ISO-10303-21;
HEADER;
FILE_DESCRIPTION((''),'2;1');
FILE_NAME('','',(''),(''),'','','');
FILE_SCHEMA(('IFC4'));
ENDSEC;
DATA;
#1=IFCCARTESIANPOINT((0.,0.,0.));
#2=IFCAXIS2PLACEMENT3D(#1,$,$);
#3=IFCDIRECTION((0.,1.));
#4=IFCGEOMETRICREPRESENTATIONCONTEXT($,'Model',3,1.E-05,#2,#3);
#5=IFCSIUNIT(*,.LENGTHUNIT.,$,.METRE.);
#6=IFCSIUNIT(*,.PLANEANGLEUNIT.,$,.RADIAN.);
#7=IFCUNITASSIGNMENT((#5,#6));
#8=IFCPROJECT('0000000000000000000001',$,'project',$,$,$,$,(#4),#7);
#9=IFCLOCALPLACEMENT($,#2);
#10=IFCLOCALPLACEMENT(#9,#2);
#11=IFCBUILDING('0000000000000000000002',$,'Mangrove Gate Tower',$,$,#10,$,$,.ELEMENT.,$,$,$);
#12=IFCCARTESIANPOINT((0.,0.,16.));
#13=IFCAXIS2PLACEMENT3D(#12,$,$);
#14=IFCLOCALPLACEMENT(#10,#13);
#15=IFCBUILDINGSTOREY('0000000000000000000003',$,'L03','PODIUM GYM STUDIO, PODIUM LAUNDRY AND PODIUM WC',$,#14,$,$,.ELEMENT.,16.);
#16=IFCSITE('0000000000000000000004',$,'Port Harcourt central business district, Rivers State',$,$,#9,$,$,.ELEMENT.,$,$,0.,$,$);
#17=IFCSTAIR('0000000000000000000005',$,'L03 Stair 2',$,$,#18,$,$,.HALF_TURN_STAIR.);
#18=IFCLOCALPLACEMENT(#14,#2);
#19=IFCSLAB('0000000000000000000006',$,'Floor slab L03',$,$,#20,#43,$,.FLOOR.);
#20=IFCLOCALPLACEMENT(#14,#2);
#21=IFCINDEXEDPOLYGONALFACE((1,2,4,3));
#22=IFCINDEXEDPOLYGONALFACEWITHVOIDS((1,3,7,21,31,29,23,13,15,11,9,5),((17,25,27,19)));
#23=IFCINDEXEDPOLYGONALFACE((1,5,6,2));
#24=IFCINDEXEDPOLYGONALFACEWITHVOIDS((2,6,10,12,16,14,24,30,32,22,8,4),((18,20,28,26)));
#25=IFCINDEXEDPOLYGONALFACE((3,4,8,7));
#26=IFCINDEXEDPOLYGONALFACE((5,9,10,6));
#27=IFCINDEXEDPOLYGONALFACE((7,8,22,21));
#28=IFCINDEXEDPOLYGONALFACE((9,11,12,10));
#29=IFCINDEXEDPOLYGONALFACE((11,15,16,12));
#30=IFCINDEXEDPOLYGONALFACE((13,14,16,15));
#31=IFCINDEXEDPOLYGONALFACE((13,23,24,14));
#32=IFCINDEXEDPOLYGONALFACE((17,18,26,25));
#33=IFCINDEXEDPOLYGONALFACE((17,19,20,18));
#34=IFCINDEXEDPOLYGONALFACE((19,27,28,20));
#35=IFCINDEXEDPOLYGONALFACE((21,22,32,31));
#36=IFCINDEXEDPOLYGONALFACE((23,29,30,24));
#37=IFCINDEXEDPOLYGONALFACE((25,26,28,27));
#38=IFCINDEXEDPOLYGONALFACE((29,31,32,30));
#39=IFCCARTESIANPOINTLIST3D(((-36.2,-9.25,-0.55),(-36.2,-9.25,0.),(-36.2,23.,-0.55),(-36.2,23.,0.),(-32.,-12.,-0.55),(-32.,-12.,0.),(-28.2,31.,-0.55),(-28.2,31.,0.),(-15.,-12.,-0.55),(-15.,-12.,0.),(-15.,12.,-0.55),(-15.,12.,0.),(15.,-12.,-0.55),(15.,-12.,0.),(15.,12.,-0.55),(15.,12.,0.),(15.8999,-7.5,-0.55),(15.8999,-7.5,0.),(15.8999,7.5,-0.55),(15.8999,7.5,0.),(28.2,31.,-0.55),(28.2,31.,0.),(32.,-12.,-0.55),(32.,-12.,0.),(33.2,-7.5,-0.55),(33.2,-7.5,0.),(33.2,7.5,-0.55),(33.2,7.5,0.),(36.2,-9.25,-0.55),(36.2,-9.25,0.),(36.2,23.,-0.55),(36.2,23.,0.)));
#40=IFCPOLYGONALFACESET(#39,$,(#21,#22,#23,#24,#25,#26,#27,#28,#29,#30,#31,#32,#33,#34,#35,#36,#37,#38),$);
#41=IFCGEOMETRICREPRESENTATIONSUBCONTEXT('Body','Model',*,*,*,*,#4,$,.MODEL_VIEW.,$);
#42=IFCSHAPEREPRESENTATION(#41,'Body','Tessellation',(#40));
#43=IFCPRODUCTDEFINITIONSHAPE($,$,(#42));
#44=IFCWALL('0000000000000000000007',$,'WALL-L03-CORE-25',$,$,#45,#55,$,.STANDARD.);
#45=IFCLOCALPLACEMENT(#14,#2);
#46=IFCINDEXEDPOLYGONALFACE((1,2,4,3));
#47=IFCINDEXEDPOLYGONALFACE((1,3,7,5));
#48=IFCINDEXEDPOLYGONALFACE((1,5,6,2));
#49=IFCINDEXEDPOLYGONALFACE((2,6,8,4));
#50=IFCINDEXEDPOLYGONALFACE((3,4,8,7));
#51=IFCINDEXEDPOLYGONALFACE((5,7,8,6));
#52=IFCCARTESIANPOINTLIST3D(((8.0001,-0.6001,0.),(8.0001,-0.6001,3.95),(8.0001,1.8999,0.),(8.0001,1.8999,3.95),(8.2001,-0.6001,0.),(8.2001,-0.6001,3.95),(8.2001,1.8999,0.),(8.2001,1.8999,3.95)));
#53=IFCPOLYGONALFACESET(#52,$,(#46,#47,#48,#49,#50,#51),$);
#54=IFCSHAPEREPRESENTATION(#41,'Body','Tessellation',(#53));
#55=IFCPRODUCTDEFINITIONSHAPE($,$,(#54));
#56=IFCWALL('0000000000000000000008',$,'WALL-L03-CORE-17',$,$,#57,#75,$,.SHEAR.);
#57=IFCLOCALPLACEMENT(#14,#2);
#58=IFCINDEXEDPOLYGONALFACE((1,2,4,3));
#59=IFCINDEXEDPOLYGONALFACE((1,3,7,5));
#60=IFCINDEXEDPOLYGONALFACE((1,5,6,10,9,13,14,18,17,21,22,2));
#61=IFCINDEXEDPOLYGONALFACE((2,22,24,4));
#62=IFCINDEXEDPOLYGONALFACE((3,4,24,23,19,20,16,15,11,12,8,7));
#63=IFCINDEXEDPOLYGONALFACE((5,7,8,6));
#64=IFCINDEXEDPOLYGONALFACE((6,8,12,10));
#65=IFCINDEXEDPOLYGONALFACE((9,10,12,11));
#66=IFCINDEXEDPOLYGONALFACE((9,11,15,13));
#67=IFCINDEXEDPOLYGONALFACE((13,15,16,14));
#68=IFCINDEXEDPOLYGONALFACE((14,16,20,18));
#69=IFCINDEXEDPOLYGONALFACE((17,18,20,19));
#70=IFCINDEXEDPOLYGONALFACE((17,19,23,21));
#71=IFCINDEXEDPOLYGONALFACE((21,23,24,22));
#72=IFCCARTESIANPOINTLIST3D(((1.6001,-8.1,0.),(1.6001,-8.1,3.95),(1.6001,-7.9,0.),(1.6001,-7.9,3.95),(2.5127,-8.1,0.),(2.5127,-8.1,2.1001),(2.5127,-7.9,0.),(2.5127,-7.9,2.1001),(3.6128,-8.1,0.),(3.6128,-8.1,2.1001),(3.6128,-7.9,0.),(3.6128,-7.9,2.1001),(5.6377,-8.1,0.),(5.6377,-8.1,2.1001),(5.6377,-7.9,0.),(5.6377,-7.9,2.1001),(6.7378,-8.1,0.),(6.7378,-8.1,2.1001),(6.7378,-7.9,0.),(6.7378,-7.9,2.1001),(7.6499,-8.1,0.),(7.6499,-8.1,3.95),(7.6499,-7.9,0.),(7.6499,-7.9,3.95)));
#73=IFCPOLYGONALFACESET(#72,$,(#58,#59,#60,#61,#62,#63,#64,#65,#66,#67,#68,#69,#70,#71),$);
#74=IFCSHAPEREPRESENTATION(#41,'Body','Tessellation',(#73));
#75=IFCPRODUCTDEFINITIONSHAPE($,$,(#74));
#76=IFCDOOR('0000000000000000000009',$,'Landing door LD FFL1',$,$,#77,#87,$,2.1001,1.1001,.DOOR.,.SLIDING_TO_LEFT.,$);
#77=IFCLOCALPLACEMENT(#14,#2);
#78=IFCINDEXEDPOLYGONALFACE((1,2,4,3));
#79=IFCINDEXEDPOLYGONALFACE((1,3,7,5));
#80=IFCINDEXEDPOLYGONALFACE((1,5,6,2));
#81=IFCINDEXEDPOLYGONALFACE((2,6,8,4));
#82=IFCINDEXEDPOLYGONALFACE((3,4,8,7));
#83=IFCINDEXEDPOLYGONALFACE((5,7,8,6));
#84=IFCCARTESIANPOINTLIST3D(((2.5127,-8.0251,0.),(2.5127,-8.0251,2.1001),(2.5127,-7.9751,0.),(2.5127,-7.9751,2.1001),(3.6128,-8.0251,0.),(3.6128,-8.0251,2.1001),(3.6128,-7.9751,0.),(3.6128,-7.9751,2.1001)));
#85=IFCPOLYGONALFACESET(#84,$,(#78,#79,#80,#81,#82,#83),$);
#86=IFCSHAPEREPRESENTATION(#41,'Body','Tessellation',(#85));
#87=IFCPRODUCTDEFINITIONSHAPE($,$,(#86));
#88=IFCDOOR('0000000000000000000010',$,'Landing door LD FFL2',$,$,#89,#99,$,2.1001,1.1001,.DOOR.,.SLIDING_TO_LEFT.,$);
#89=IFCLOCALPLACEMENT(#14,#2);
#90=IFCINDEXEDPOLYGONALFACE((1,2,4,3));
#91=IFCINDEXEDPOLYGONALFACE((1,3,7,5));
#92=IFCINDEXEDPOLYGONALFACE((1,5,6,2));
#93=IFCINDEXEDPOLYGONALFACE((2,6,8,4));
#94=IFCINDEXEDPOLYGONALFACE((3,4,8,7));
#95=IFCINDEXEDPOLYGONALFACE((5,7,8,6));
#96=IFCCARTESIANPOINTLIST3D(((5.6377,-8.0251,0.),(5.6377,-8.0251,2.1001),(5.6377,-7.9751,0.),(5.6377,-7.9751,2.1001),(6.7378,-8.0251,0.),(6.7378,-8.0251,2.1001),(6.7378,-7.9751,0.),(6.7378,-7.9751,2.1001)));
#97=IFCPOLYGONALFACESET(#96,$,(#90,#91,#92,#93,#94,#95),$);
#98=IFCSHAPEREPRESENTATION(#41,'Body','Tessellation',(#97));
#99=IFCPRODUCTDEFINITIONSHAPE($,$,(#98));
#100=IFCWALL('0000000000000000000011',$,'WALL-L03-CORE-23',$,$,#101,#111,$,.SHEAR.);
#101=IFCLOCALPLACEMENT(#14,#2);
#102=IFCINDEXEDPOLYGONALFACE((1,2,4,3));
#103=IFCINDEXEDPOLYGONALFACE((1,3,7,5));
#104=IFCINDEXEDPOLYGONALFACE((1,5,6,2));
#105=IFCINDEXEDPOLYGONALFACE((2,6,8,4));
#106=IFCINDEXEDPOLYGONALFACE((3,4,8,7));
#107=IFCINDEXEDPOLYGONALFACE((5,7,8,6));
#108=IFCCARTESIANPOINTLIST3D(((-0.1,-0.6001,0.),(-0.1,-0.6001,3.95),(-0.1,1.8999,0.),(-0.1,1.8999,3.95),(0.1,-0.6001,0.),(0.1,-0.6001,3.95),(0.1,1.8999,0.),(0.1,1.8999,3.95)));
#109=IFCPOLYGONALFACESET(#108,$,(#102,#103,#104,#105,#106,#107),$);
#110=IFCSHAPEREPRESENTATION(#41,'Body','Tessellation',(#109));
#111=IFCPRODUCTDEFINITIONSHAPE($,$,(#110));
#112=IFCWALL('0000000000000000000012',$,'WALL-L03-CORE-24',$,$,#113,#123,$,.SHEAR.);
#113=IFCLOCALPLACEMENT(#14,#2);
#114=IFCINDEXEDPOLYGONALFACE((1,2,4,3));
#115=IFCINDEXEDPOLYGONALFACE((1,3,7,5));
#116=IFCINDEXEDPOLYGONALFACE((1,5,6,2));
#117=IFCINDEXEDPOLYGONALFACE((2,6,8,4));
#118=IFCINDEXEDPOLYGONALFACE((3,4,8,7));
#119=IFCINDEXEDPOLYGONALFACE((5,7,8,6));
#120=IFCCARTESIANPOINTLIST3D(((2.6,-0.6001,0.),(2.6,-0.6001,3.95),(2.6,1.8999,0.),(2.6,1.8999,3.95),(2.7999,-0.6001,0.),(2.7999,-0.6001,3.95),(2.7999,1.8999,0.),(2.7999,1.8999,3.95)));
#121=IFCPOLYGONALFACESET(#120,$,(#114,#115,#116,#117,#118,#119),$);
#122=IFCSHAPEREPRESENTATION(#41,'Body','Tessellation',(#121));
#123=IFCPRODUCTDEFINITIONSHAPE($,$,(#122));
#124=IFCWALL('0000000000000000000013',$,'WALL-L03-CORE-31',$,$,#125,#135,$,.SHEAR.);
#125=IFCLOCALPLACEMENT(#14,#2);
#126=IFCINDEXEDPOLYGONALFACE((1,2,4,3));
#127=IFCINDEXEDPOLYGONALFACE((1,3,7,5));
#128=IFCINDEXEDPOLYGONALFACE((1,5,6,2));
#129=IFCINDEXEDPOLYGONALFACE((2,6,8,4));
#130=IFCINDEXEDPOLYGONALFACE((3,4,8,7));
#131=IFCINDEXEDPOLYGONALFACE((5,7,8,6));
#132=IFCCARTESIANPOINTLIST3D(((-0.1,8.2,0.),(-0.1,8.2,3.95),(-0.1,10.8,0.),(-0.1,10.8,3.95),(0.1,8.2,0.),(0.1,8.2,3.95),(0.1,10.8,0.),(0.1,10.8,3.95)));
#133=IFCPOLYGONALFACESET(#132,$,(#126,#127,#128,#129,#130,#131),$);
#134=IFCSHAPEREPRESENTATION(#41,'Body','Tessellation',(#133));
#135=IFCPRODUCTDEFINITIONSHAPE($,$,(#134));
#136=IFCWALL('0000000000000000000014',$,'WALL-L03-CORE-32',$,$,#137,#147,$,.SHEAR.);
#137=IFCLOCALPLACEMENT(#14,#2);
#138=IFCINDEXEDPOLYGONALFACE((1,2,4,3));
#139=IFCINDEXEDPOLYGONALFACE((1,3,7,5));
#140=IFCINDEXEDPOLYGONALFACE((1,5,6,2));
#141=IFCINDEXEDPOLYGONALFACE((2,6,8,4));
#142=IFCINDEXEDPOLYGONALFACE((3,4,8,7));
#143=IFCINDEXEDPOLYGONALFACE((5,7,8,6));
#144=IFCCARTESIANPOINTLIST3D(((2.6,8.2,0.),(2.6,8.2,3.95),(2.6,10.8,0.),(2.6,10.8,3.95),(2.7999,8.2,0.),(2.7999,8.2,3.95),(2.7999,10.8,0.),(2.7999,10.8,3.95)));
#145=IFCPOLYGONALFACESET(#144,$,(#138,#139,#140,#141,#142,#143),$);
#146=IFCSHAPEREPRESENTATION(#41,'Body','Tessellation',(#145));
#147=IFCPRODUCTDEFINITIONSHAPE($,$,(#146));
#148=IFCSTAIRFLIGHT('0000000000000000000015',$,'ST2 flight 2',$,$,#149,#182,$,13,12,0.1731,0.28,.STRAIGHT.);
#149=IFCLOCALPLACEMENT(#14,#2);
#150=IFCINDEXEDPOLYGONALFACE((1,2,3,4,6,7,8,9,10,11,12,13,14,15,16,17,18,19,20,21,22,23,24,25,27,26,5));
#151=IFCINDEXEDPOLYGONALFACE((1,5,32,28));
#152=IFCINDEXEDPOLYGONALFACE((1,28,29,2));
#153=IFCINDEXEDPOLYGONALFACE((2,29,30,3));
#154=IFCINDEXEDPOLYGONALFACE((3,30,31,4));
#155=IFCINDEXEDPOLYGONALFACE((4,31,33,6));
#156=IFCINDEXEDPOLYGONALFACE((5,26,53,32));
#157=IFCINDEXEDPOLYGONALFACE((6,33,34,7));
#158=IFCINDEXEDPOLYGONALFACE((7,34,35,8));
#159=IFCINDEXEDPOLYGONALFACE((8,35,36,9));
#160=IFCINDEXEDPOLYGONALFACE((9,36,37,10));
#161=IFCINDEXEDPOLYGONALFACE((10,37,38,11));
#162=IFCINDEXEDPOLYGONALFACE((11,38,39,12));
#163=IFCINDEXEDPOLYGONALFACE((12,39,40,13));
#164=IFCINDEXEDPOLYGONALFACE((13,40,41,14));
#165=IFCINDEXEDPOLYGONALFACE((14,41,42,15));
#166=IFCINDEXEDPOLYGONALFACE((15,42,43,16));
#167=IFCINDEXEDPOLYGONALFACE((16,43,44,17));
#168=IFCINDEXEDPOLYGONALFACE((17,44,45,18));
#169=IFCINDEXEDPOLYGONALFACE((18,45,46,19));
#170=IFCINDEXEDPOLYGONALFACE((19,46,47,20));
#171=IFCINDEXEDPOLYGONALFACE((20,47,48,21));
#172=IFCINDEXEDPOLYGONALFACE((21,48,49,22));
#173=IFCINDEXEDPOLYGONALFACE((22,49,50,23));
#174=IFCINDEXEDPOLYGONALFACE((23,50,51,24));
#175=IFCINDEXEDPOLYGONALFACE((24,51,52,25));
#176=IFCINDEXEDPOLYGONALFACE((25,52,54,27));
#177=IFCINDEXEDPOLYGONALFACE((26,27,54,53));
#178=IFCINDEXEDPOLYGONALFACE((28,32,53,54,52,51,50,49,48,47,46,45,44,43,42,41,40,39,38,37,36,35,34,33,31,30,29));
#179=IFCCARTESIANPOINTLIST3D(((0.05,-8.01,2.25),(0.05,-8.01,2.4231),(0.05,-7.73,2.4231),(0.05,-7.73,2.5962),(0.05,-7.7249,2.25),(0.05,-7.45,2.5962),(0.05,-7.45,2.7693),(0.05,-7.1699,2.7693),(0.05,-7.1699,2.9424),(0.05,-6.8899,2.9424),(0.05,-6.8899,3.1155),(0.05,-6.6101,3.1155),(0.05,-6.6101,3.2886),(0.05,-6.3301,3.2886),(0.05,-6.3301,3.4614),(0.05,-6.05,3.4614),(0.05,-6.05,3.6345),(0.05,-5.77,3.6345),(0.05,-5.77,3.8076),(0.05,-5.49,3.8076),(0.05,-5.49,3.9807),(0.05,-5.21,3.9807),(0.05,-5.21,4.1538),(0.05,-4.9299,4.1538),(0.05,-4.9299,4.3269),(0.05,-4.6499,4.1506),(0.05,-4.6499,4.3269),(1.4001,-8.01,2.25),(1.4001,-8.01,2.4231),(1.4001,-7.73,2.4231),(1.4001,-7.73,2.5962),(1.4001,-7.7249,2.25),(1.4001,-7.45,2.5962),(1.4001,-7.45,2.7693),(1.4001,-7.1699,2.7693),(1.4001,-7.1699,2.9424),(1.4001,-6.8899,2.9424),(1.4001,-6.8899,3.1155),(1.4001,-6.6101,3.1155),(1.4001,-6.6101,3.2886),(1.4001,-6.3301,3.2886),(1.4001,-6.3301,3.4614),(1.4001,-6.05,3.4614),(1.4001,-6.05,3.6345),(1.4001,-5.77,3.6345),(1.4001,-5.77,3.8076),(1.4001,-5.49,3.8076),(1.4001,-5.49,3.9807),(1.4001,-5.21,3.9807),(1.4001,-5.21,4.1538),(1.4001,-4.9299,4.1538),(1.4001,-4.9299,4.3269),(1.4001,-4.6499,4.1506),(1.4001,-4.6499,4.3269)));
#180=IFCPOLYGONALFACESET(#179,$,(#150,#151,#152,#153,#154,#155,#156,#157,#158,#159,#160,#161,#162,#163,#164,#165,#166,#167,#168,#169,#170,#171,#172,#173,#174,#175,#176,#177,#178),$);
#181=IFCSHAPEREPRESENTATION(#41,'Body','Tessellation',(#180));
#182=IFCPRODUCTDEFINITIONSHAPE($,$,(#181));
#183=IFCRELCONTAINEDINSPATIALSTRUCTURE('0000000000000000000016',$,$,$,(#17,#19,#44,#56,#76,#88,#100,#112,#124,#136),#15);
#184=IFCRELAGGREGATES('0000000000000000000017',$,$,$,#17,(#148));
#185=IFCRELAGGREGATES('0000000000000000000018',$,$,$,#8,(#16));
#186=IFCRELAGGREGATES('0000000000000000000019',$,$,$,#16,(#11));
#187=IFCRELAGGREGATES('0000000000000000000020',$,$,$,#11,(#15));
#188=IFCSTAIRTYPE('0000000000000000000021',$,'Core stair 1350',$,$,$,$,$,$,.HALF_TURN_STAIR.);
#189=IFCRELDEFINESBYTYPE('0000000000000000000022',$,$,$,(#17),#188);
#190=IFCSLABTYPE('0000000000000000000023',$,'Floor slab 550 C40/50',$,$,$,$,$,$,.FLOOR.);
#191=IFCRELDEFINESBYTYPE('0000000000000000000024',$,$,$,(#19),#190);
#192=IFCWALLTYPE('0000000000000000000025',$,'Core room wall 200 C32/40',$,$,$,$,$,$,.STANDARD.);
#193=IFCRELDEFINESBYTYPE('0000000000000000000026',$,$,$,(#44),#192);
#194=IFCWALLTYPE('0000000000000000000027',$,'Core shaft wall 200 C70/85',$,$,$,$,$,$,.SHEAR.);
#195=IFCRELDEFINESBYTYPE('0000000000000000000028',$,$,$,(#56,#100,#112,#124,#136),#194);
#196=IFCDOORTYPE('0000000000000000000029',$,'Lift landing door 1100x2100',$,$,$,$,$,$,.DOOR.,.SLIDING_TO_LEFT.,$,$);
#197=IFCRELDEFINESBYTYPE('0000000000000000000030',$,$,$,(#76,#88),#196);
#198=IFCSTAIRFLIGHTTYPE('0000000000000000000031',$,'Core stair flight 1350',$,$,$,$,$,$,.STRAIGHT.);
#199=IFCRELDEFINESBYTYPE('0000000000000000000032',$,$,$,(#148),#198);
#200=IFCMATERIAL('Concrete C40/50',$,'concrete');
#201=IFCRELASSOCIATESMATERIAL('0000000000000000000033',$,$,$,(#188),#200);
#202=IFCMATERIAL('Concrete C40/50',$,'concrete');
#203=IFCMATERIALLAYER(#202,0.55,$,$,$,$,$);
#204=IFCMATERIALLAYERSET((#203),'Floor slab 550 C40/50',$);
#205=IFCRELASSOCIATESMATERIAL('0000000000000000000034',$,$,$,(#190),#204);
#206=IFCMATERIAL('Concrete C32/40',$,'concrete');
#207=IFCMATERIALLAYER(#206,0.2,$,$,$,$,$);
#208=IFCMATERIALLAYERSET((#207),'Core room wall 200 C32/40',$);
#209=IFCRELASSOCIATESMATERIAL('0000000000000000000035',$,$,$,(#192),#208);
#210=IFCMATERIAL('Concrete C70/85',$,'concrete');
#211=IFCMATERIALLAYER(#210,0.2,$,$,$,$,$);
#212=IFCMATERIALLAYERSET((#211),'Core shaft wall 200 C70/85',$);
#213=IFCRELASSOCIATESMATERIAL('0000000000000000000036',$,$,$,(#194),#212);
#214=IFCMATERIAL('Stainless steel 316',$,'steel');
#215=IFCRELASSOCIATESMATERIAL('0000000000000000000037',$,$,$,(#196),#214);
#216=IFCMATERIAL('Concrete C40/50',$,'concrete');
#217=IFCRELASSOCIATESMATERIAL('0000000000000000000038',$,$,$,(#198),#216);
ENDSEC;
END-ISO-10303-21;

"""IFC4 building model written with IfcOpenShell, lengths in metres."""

from ifc_helpers import new_model, si_unit, direction, frame, frame_2d, origin, place, context, subcontext, project, spatial, polyline, rectangle, outline, extrude, material, layer, layer_set, type_object, element, fill, aggregate, save


model = new_model("IFC4")

# Units and contexts
model_context = context("Model", 3, precision=1e-05, world=origin(), true_north=direction((0.0, 1.0)))
body_context = subcontext(model_context, "Body", "Model", "MODEL_VIEW")
ifc_project = project(units=[si_unit("LENGTHUNIT", "METRE"), si_unit("PLANEANGLEUNIT", "RADIAN")], contexts=[model_context])

# Site, building, storey
site_placement = place(None, origin())
site = spatial("IfcSite", under=ifc_project, at=site_placement, Name="Port Harcourt central business district, Rivers State", CompositionType="ELEMENT", RefElevation=0.0)
building_placement = place(site_placement, origin())
building = spatial("IfcBuilding", under=site, at=building_placement, Name="Mangrove Gate Tower", CompositionType="ELEMENT")
storey_placement = place(building_placement, frame((0.0, 0.0, 16.0)))
storey = spatial("IfcBuildingStorey", under=building, at=storey_placement, Name="L03", Description="PODIUM GYM STUDIO, PODIUM LAUNDRY AND PODIUM WC", CompositionType="ELEMENT", Elevation=16.0)

# Stair
ifc_material_1 = material(Name="Concrete C40/50", Category="concrete")
stair_type = type_object("IfcStairType", Name="Core stair 1350", PredefinedType="HALF_TURN_STAIR", material=ifc_material_1)
stair_1_placement = place(storey_placement, origin())
stair_1 = element("IfcStair", 1, at=stair_1_placement, inside=storey, type_object=stair_type, Name="L03 Stair 2", PredefinedType="HALF_TURN_STAIR")

# Slab
ifc_material_2 = material(Name="Concrete C40/50", Category="concrete")
ifc_layer_1 = layer(ifc_material_2, 0.55)
ifc_layer_set_1 = layer_set([ifc_layer_1], Name="Floor slab 550 C40/50")
slab_type_1 = type_object("IfcSlabType", Name="Floor slab 550 C40/50", PredefinedType="FLOOR", material=ifc_layer_set_1)
slab_1_placement = place(storey_placement, frame((0.0, 0.0, -0.55)))
element("IfcSlab", 2, at=slab_1_placement, inside=storey, type_object=slab_type_1, Name="Floor slab L03", PredefinedType="FLOOR", context=body_context, shape_type="SweptSolid", body=[
    extrude(outline(polyline([(36.2, -9.25), (36.2, 23.0), (28.2, 31.0), (-28.2, 31.0), (-36.2, 23.0), (-36.2, -9.25), (-32.0, -12.0), (-15.0, -12.0), (-15.0, 12.0), (15.0, 12.0), (15.0, -12.0), (32.0, -12.0), (36.2, -9.25)]), holes=[polyline([(15.8999, 7.5), (33.2, 7.5), (33.2, -7.5), (15.8999, -7.5), (15.8999, 7.5)])]), origin(), (0.0, 0.0, 1.0), 0.55),
])

# Wall
ifc_material_3 = material(Name="Concrete C32/40", Category="concrete")
ifc_layer_2 = layer(ifc_material_3, 0.2)
ifc_layer_set_2 = layer_set([ifc_layer_2], Name="Core room wall 200 C32/40")
wall_type_1 = type_object("IfcWallType", Name="Core room wall 200 C32/40", PredefinedType="STANDARD", material=ifc_layer_set_2)
wall_1_placement = place(storey_placement, frame((8.1001, -0.6001, 0.0), z_axis=(0.0, 0.0, 1.0), x_axis=(0.0, 1.0, 0.0)))
element("IfcWall", 3, at=wall_1_placement, inside=storey, type_object=wall_type_1, Name="WALL-L03-CORE-25", PredefinedType="STANDARD", context=body_context, shape_type="SweptSolid", body=[
    extrude(rectangle(XDim=2.5, YDim=0.2, at=frame_2d((1.25, 0.0))), origin(), (0.0, 0.0, 1.0), 3.95),
])

# Wall, openings, doors
ifc_material_4 = material(Name="Concrete C70/85", Category="concrete")
ifc_layer_3 = layer(ifc_material_4, 0.2)
ifc_layer_set_3 = layer_set([ifc_layer_3], Name="Core shaft wall 200 C70/85")
wall_type_2 = type_object("IfcWallType", Name="Core shaft wall 200 C70/85", PredefinedType="SHEAR", material=ifc_layer_set_3)
wall_2_placement = place(storey_placement, frame((1.6001, -8.0, 0.0), z_axis=(0.0, 0.0, 1.0), x_axis=(1.0, 0.0, 0.0)))
wall_2 = element("IfcWall", 4, at=wall_2_placement, inside=storey, type_object=wall_type_2, Name="WALL-L03-CORE-17", PredefinedType="SHEAR", context=body_context, shape_type="SweptSolid", body=[
    extrude(rectangle(XDim=6.0498, YDim=0.2, at=frame_2d((3.0249, 0.0))), origin(), (0.0, 0.0, 1.0), 3.95),
])
opening_1_placement = place(wall_2_placement, frame((0.9126, 0.0, 0.0)))
opening_1 = element("IfcOpeningElement", 5, at=opening_1_placement, cuts=wall_2, PredefinedType="OPENING", context=body_context, shape_type="SweptSolid", body=[
    extrude(rectangle(XDim=1.1001, YDim=2.1001, at=frame_2d((0.55, 1.05))), frame((0.0, 0.1099, 0.0), z_axis=(0.0, -1.0, 0.0), x_axis=(1.0, 0.0, 0.0)), (0.0, 0.0, 1.0), 0.22),
])
opening_2_placement = place(wall_2_placement, frame((4.0376, 0.0, 0.0)))
opening_2 = element("IfcOpeningElement", 6, at=opening_2_placement, cuts=wall_2, PredefinedType="OPENING", context=body_context, shape_type="SweptSolid", body=[
    extrude(rectangle(XDim=1.1001, YDim=2.1001, at=frame_2d((0.55, 1.05))), frame((0.0, 0.1099, 0.0), z_axis=(0.0, -1.0, 0.0), x_axis=(1.0, 0.0, 0.0)), (0.0, 0.0, 1.0), 0.22),
])
ifc_material_5 = material(Name="Stainless steel 316", Category="steel")
door_type = type_object("IfcDoorType", Name="Lift landing door 1100x2100", OperationType="SLIDING_TO_LEFT", PredefinedType="DOOR", material=ifc_material_5)
door_1_placement = place(opening_1_placement, origin())
door_1 = element("IfcDoor", 7, at=door_1_placement, inside=storey, type_object=door_type, Name="Landing door LD FFL1", OperationType="SLIDING_TO_LEFT", OverallHeight=2.1001, OverallWidth=1.1001, PredefinedType="DOOR", context=body_context, shape_type="SweptSolid", body=[
    extrude(rectangle(XDim=1.1001, YDim=2.1001, at=frame_2d((0.55, 1.05))), frame((0.0, 0.0249, 0.0), z_axis=(0.0, -1.0, 0.0), x_axis=(1.0, 0.0, 0.0)), (0.0, 0.0, 1.0), 0.05),
])
fill(opening_1, door_1)
door_2_placement = place(opening_2_placement, origin())
door_2 = element("IfcDoor", 8, at=door_2_placement, inside=storey, type_object=door_type, Name="Landing door LD FFL2", OperationType="SLIDING_TO_LEFT", OverallHeight=2.1001, OverallWidth=1.1001, PredefinedType="DOOR", context=body_context, shape_type="SweptSolid", body=[
    extrude(rectangle(XDim=1.1001, YDim=2.1001, at=frame_2d((0.55, 1.05))), frame((0.0, 0.0249, 0.0), z_axis=(0.0, -1.0, 0.0), x_axis=(1.0, 0.0, 0.0)), (0.0, 0.0, 1.0), 0.05),
])
fill(opening_2, door_2)

# Walls
for number, where, z_axis, x_axis, name in (
    (9, (0.0, -0.6001, 0.0), (0.0, 0.0, 1.0), (0.0, 1.0, 0.0), "WALL-L03-CORE-23"),
    (10, (2.7, -0.6001, 0.0), (0.0, 0.0, 1.0), (0.0, 1.0, 0.0), "WALL-L03-CORE-24"),
):
    element("IfcWall", number, at=place(storey_placement, frame(where, z_axis=z_axis, x_axis=x_axis)), inside=storey, type_object=wall_type_2, Name=name, PredefinedType="SHEAR", context=body_context, shape_type="SweptSolid", body=[
        extrude(rectangle(XDim=2.5, YDim=0.2, at=frame_2d((1.25, 0.0))), origin(), (0.0, 0.0, 1.0), 3.95),
    ])
for number, where, z_axis, x_axis, name in (
    (11, (0.0, 8.2, 0.0), (0.0, 0.0, 1.0), (0.0, 1.0, 0.0), "WALL-L03-CORE-31"),
    (12, (2.7, 8.2, 0.0), (0.0, 0.0, 1.0), (0.0, 1.0, 0.0), "WALL-L03-CORE-32"),
):
    element("IfcWall", number, at=place(storey_placement, frame(where, z_axis=z_axis, x_axis=x_axis)), inside=storey, type_object=wall_type_2, Name=name, PredefinedType="SHEAR", context=body_context, shape_type="SweptSolid", body=[
        extrude(rectangle(XDim=2.6001, YDim=0.2, at=frame_2d((1.3, 0.0))), origin(), (0.0, 0.0, 1.0), 3.95),
    ])

# Stair flight
ifc_material_6 = material(Name="Concrete C40/50", Category="concrete")
stair_flight_type = type_object("IfcStairFlightType", Name="Core stair flight 1350", PredefinedType="STRAIGHT", material=ifc_material_6)
stair_flight_placement = place(storey_placement, frame((0.7251, -8.01, 2.25), z_axis=(0.0, 0.0, 1.0), x_axis=(0.0, 1.0, 0.0)))
stair_flight = element("IfcStairFlight", 13, at=stair_flight_placement, type_object=stair_flight_type, Name="ST2 flight 2", NumberOfRisers=13, NumberOfTreads=12, PredefinedType="STRAIGHT", RiserHeight=0.1731, TreadLength=0.28, context=body_context, shape_type="SweptSolid", body=[
    extrude(outline(polyline([(0.0, 0.0), (0.0, 0.1731), (0.28, 0.1731), (0.28, 0.3462), (0.5601, 0.3462), (0.5601, 0.5193), (0.8401, 0.5193), (0.8401, 0.6924), (1.1201, 0.6924), (1.1201, 0.8655), (1.3999, 0.8655), (1.3999, 1.0386), (1.6799, 1.0386), (1.6799, 1.2114), (1.96, 1.2114), (1.96, 1.3845), (2.24, 1.3845), (2.24, 1.5576), (2.52, 1.5576), (2.52, 1.7307), (2.8, 1.7307), (2.8, 1.9038), (3.0801, 1.9038), (3.0801, 2.0769), (3.3601, 2.0769), (3.3601, 2.25), (3.3601, 1.9006), (0.2852, 0.0), (0.0, 0.0)])), frame((0.0, 0.675, 0.0), z_axis=(0.0, -1.0, 0.0), x_axis=(1.0, 0.0, 0.0)), (0.0, 0.0, 1.0), 1.3501),
])
aggregate(stair_1, [stair_flight])

save(model, "model.ifc")
